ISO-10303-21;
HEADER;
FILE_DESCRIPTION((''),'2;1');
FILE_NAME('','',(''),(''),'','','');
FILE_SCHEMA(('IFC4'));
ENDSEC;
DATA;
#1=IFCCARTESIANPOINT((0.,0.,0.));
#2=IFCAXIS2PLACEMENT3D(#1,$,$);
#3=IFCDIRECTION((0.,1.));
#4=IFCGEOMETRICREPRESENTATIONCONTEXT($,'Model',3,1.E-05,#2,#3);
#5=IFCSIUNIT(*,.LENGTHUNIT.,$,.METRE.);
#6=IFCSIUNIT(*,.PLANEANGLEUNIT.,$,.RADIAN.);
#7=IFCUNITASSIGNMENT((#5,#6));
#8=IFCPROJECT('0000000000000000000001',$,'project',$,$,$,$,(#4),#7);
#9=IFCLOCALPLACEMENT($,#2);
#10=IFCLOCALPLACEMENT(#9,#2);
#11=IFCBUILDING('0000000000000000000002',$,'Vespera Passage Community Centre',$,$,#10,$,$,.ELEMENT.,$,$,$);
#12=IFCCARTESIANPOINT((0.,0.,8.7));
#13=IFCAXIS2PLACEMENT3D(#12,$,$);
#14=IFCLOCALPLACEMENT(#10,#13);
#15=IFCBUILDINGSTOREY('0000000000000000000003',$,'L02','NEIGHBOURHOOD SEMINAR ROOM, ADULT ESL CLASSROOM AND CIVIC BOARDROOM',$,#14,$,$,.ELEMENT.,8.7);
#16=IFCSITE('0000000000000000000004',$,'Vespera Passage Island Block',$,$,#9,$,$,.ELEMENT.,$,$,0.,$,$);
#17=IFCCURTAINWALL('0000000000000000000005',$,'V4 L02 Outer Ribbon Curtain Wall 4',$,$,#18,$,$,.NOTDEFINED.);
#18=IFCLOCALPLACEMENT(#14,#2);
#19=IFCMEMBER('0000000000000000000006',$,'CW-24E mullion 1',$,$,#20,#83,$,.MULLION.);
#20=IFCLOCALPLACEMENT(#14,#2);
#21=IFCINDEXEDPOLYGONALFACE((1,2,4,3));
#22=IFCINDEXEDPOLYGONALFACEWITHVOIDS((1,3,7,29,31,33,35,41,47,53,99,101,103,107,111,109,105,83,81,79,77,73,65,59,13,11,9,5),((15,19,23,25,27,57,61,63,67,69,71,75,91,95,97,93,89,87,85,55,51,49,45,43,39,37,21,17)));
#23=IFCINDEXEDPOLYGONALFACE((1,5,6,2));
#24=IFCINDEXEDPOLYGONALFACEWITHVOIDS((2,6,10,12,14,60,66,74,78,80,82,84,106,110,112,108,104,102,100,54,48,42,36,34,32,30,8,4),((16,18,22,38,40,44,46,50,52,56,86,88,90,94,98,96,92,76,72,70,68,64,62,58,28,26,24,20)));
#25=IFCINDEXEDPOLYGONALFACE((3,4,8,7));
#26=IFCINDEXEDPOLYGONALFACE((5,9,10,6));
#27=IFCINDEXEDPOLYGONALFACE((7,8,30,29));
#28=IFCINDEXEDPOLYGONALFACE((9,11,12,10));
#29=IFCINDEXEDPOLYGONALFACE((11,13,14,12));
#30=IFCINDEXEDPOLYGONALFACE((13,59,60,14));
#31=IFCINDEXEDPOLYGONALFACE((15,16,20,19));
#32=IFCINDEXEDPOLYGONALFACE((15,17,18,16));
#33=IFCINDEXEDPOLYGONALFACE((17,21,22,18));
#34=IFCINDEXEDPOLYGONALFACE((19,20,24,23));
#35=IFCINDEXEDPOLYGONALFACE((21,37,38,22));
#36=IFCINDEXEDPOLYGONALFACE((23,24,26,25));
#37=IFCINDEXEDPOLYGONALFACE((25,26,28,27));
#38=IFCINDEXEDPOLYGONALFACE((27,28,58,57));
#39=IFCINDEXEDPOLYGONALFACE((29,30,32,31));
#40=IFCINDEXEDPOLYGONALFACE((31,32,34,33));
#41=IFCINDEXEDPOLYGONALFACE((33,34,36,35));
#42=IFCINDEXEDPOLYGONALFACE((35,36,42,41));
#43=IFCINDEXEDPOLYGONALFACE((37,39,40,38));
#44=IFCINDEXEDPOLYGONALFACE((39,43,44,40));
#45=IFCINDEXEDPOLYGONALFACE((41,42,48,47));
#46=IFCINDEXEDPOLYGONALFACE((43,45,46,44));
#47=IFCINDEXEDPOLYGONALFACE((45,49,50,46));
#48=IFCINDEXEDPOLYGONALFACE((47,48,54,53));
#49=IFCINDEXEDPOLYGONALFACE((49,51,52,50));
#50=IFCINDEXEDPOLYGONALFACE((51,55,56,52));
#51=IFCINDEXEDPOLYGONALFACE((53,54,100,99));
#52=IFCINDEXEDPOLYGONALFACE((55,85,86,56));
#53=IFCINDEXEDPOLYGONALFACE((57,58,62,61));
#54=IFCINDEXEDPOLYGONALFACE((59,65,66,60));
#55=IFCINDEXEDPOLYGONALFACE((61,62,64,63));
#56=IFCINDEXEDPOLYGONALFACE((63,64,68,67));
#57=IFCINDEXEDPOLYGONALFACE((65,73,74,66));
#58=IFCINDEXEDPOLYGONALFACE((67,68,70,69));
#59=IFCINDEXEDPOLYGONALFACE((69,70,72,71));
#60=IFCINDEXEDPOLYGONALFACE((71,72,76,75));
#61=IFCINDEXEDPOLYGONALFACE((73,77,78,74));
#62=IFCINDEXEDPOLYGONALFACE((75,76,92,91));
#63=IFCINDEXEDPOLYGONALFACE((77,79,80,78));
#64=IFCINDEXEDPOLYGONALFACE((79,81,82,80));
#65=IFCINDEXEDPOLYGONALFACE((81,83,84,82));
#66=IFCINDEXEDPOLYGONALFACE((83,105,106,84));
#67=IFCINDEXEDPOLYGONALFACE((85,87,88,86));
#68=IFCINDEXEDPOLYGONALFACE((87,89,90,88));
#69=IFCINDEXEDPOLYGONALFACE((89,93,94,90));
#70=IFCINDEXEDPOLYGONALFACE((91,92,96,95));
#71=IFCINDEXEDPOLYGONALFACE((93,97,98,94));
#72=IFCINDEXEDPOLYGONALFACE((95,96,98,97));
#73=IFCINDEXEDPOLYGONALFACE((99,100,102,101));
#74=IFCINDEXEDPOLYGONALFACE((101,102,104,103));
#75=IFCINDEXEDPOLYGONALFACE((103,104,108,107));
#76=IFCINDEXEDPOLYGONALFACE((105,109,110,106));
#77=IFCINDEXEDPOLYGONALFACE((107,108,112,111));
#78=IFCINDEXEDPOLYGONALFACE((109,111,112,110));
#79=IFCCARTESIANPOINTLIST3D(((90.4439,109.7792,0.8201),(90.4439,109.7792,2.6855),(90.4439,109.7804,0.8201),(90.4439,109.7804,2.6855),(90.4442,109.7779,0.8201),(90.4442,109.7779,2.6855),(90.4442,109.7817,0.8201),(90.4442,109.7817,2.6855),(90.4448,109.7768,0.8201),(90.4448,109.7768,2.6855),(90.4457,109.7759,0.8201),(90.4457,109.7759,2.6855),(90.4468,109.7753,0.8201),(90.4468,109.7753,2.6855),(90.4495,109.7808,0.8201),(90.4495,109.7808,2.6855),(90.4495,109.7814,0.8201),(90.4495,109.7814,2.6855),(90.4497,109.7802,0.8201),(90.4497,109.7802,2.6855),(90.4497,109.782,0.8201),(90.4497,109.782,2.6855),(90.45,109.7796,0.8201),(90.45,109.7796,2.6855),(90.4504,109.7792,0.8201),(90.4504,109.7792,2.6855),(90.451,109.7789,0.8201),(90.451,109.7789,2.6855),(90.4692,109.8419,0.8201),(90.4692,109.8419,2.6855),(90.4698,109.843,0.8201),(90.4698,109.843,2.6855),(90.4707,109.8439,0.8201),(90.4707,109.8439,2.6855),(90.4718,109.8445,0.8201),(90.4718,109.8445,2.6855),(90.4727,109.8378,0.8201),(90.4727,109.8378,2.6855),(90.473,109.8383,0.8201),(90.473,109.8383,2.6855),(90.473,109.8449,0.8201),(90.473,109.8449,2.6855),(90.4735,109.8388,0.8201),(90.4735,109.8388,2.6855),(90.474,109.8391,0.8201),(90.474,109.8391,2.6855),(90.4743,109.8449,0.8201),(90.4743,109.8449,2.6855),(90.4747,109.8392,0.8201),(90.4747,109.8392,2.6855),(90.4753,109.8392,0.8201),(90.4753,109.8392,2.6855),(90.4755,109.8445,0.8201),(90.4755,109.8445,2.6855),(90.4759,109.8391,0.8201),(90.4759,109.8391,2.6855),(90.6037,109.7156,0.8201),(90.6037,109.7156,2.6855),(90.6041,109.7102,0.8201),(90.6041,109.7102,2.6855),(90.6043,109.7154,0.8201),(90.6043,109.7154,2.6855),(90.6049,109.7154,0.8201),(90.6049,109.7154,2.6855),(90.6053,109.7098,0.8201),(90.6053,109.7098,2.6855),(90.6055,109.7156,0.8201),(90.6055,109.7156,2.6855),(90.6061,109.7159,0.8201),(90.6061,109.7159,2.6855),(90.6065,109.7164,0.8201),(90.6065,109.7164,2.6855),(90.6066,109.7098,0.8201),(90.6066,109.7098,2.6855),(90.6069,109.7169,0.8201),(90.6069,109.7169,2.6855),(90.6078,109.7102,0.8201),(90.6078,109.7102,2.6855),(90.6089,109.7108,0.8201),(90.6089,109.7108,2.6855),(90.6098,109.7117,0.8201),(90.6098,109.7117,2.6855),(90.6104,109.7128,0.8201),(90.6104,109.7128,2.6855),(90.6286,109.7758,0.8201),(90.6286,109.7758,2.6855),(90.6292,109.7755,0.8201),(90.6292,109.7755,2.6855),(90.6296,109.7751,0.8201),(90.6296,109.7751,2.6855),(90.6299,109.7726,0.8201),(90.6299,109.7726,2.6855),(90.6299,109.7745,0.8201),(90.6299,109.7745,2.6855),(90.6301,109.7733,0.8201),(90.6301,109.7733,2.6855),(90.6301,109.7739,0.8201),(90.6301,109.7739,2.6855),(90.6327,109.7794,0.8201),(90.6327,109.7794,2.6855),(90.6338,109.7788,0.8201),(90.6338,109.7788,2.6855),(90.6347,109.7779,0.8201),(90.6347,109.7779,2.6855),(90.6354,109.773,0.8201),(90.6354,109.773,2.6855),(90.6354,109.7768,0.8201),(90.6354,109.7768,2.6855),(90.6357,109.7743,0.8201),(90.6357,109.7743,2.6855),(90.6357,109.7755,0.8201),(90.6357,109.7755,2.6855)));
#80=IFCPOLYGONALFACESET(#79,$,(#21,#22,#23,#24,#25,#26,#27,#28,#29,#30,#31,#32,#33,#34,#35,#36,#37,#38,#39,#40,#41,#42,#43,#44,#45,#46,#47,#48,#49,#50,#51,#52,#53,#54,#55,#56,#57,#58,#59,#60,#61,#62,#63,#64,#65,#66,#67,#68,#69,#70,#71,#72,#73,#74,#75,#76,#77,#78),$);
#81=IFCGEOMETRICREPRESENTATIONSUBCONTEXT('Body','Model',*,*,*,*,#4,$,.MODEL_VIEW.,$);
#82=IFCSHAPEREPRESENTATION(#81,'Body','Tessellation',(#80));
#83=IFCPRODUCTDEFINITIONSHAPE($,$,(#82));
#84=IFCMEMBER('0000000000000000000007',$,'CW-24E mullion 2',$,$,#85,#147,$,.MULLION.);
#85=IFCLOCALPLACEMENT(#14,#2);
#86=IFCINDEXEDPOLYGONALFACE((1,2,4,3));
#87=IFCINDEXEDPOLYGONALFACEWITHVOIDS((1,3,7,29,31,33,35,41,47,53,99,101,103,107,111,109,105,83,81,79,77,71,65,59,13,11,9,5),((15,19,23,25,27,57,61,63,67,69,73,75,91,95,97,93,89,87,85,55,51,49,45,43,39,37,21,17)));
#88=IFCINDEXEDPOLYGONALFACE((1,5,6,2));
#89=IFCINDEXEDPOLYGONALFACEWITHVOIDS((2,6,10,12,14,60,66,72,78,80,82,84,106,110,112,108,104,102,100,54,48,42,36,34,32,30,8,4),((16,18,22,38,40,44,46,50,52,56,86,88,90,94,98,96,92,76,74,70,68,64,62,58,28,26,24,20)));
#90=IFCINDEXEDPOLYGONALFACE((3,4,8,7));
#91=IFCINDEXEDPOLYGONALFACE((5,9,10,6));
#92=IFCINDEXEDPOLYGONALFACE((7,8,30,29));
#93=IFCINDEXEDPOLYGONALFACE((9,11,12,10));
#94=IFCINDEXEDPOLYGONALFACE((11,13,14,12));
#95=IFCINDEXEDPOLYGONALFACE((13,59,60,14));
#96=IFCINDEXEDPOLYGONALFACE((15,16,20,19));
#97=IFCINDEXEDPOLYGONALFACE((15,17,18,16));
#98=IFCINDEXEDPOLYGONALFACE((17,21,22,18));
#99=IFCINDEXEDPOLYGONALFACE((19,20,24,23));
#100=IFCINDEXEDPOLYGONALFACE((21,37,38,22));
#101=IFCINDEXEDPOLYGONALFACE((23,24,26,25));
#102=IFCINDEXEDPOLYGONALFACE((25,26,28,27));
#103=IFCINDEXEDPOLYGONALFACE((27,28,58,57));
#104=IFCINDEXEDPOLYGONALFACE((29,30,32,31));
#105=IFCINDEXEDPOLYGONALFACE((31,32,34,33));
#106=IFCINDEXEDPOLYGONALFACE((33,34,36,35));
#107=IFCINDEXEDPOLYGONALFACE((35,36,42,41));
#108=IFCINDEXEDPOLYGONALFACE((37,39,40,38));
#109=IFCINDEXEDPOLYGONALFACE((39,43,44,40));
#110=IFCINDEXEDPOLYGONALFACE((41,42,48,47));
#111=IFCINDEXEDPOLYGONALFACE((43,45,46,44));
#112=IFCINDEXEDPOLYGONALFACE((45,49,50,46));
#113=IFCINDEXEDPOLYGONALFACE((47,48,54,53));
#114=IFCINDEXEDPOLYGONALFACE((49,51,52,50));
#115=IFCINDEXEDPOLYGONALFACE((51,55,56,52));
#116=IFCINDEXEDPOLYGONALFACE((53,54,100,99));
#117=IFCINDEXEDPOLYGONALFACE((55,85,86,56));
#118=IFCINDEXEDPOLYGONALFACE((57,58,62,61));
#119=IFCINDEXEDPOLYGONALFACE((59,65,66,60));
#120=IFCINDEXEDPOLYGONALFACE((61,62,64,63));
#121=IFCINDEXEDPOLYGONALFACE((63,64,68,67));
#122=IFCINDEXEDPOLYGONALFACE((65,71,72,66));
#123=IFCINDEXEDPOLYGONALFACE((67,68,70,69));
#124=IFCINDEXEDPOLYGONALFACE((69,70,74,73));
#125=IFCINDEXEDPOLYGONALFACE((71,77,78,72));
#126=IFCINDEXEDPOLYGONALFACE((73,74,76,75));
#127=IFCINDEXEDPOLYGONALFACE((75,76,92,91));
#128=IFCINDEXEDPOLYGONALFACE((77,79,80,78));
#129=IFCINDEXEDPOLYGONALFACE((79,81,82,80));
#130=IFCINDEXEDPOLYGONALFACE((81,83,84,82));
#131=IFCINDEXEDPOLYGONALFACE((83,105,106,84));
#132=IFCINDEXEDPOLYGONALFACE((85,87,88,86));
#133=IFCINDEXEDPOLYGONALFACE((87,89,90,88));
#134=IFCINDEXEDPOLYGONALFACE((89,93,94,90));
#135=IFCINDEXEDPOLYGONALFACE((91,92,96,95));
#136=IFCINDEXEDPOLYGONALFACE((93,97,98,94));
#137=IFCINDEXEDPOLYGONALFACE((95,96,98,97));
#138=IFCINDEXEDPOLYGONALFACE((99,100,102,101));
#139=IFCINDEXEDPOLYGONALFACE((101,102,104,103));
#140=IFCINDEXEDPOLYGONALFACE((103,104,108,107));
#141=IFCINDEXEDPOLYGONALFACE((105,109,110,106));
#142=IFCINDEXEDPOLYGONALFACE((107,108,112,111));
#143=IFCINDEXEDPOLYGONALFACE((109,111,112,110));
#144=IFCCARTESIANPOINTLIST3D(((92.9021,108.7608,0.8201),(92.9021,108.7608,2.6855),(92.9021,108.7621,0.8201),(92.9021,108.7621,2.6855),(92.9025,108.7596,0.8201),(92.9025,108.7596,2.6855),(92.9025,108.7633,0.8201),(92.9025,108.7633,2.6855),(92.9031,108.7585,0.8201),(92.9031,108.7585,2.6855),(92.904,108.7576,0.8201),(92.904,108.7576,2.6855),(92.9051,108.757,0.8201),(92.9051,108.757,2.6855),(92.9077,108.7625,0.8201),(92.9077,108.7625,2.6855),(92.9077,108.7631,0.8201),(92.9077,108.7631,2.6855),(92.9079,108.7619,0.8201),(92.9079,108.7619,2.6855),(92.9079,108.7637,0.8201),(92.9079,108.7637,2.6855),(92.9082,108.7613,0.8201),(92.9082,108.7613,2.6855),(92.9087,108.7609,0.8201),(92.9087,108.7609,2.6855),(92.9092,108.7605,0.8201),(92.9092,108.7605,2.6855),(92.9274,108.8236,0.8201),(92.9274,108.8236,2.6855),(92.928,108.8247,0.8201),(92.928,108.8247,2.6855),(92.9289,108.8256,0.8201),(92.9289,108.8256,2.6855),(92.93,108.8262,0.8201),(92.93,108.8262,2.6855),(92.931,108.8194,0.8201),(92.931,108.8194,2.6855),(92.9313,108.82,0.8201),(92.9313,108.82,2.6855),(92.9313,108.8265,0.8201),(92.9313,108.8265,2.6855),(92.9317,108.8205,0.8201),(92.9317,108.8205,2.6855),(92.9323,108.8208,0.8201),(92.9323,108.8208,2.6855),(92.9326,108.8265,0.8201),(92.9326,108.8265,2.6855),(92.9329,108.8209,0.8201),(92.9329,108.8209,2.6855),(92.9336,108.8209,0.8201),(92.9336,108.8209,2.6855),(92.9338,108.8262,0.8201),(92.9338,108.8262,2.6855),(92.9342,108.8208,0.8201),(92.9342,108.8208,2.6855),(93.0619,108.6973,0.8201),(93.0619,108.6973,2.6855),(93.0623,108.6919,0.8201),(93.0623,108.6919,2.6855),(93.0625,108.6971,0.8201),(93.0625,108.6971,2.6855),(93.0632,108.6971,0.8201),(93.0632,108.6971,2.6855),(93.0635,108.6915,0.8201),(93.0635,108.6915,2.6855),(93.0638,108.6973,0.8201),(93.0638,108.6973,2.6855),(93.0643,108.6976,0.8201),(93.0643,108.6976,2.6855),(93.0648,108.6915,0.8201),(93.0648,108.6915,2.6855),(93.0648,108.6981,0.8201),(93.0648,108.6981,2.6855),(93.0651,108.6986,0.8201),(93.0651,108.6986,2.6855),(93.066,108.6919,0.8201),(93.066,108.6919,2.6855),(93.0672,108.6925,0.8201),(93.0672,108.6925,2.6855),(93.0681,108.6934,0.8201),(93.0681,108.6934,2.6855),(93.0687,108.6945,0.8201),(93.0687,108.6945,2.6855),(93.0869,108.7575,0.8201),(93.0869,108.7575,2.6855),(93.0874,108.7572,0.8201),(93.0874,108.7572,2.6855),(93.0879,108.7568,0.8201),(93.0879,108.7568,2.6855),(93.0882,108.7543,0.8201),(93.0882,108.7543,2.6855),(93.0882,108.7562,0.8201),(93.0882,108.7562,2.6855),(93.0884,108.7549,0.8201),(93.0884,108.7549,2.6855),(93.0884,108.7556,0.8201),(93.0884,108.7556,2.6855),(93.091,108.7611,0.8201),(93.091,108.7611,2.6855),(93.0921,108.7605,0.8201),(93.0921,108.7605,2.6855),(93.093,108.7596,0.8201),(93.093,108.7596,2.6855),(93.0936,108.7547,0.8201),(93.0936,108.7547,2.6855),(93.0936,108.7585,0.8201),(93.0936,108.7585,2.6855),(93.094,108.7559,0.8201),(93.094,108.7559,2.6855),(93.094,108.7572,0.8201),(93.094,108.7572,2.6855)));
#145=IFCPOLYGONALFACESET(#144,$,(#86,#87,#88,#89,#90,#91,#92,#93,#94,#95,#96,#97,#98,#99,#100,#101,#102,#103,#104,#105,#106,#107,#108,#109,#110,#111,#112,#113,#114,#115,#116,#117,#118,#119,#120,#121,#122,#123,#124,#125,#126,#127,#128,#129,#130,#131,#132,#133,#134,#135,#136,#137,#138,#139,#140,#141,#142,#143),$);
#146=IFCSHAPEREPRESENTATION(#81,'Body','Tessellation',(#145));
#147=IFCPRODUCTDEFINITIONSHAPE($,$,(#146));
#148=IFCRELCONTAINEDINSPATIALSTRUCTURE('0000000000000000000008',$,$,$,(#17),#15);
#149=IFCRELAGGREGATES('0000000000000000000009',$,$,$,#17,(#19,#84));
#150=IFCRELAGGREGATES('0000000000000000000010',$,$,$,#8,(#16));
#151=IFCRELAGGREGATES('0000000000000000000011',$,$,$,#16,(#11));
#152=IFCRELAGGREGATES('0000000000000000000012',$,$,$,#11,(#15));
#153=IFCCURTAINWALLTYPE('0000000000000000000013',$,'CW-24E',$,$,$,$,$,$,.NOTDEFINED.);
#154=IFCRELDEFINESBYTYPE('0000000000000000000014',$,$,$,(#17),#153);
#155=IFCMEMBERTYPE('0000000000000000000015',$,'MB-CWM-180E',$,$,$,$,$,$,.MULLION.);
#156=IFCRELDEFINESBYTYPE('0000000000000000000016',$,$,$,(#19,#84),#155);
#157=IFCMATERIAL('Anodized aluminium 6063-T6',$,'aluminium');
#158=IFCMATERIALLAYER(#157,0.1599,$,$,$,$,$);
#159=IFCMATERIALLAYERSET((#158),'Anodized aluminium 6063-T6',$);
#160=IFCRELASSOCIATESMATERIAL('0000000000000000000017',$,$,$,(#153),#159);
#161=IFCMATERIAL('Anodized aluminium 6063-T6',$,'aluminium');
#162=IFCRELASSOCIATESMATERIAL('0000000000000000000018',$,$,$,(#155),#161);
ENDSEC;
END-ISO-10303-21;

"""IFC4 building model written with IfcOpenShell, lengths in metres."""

from ifc_helpers import new_model, si_unit, direction, frame, origin, origin_2d, place, context, subcontext, project, spatial, hollow_rectangle, extrude, material, layer, layer_set, material_profile, profile_set, type_object, element, aggregate, save


model = new_model("IFC4")

# Units and contexts
model_context = context("Model", 3, precision=1e-05, world=origin(), true_north=direction((0.0, 1.0)))
body_context = subcontext(model_context, "Body", "Model", "MODEL_VIEW")
ifc_project = project(units=[si_unit("LENGTHUNIT", "METRE"), si_unit("PLANEANGLEUNIT", "RADIAN")], contexts=[model_context])

# Site, building, storey
site_placement = place(None, origin())
site = spatial("IfcSite", under=ifc_project, at=site_placement, Name="Vespera Passage Island Block", CompositionType="ELEMENT", RefElevation=0.0)
building_placement = place(site_placement, origin())
building = spatial("IfcBuilding", under=site, at=building_placement, Name="Vespera Passage Community Centre", CompositionType="ELEMENT")
storey_placement = place(building_placement, frame((0.0, 0.0, 8.7)))
storey = spatial("IfcBuildingStorey", under=building, at=storey_placement, Name="L02", Description="NEIGHBOURHOOD SEMINAR ROOM, ADULT ESL CLASSROOM AND CIVIC BOARDROOM", CompositionType="ELEMENT", Elevation=8.7)

# Curtain wall, members
ifc_material_1 = material(Name="Anodized aluminium 6063-T6", Category="aluminium")
ifc_layer_1 = layer(ifc_material_1, 0.1599)
ifc_layer_set_1 = layer_set([ifc_layer_1], Name="Anodized aluminium 6063-T6")
curtain_wall_type_1 = type_object("IfcCurtainWallType", Name="CW-24E", PredefinedType="NOTDEFINED", material=ifc_layer_set_1)
curtain_wall_1_placement = place(storey_placement, origin())
curtain_wall_1 = element("IfcCurtainWall", 1, at=curtain_wall_1_placement, inside=storey, type_object=curtain_wall_type_1, Name="V4 L02 Outer Ribbon Curtain Wall 4", PredefinedType="NOTDEFINED")
ifc_material_2 = material(Name="Anodized aluminium 6063-T6", Category="aluminium")
ifc_material_profile_1 = material_profile(ifc_material_2, hollow_rectangle(XDim=0.075, YDim=0.1799, WallThickness=0.0049, InnerFilletRadius=0.0024, OuterFilletRadius=0.0049, at=origin_2d()), Name="ALU180X75X5")
ifc_profile_set_1 = profile_set([ifc_material_profile_1], Name="Anodized aluminium 6063-T6")
member_type_1 = type_object("IfcMemberType", Name="MB-CWM-180E", PredefinedType="MULLION", material=ifc_profile_set_1)
member_1_placement = place(storey_placement, frame((90.5398, 109.7773, 0.8201), z_axis=(0.0, 0.0, 1.0), x_axis=(0.382683, 0.92388, 0.0)))
member_1 = element("IfcMember", 2, at=member_1_placement, type_object=member_type_1, Name="CW-24E mullion 1", PredefinedType="MULLION", context=body_context, shape_type="SweptSolid", body=[
    extrude(hollow_rectangle(XDim=0.075, YDim=0.1799, WallThickness=0.0049, InnerFilletRadius=0.0024, OuterFilletRadius=0.0049, at=origin_2d()), origin(), (0.0, 0.0, 1.0), 1.8655),
])
member_2_placement = place(storey_placement, frame((92.998, 108.759, 0.8201), z_axis=(0.0, 0.0, 1.0), x_axis=(0.382683, 0.92388, 0.0)))
member_2 = element("IfcMember", 3, at=member_2_placement, type_object=member_type_1, Name="CW-24E mullion 2", PredefinedType="MULLION", context=body_context, shape_type="SweptSolid", body=[
    extrude(hollow_rectangle(XDim=0.075, YDim=0.1799, WallThickness=0.0049, InnerFilletRadius=0.0024, OuterFilletRadius=0.0049, at=origin_2d()), origin(), (0.0, 0.0, 1.0), 1.8655),
])

aggregate(curtain_wall_1, [member_1, member_2])

save(model, "model.ifc")
